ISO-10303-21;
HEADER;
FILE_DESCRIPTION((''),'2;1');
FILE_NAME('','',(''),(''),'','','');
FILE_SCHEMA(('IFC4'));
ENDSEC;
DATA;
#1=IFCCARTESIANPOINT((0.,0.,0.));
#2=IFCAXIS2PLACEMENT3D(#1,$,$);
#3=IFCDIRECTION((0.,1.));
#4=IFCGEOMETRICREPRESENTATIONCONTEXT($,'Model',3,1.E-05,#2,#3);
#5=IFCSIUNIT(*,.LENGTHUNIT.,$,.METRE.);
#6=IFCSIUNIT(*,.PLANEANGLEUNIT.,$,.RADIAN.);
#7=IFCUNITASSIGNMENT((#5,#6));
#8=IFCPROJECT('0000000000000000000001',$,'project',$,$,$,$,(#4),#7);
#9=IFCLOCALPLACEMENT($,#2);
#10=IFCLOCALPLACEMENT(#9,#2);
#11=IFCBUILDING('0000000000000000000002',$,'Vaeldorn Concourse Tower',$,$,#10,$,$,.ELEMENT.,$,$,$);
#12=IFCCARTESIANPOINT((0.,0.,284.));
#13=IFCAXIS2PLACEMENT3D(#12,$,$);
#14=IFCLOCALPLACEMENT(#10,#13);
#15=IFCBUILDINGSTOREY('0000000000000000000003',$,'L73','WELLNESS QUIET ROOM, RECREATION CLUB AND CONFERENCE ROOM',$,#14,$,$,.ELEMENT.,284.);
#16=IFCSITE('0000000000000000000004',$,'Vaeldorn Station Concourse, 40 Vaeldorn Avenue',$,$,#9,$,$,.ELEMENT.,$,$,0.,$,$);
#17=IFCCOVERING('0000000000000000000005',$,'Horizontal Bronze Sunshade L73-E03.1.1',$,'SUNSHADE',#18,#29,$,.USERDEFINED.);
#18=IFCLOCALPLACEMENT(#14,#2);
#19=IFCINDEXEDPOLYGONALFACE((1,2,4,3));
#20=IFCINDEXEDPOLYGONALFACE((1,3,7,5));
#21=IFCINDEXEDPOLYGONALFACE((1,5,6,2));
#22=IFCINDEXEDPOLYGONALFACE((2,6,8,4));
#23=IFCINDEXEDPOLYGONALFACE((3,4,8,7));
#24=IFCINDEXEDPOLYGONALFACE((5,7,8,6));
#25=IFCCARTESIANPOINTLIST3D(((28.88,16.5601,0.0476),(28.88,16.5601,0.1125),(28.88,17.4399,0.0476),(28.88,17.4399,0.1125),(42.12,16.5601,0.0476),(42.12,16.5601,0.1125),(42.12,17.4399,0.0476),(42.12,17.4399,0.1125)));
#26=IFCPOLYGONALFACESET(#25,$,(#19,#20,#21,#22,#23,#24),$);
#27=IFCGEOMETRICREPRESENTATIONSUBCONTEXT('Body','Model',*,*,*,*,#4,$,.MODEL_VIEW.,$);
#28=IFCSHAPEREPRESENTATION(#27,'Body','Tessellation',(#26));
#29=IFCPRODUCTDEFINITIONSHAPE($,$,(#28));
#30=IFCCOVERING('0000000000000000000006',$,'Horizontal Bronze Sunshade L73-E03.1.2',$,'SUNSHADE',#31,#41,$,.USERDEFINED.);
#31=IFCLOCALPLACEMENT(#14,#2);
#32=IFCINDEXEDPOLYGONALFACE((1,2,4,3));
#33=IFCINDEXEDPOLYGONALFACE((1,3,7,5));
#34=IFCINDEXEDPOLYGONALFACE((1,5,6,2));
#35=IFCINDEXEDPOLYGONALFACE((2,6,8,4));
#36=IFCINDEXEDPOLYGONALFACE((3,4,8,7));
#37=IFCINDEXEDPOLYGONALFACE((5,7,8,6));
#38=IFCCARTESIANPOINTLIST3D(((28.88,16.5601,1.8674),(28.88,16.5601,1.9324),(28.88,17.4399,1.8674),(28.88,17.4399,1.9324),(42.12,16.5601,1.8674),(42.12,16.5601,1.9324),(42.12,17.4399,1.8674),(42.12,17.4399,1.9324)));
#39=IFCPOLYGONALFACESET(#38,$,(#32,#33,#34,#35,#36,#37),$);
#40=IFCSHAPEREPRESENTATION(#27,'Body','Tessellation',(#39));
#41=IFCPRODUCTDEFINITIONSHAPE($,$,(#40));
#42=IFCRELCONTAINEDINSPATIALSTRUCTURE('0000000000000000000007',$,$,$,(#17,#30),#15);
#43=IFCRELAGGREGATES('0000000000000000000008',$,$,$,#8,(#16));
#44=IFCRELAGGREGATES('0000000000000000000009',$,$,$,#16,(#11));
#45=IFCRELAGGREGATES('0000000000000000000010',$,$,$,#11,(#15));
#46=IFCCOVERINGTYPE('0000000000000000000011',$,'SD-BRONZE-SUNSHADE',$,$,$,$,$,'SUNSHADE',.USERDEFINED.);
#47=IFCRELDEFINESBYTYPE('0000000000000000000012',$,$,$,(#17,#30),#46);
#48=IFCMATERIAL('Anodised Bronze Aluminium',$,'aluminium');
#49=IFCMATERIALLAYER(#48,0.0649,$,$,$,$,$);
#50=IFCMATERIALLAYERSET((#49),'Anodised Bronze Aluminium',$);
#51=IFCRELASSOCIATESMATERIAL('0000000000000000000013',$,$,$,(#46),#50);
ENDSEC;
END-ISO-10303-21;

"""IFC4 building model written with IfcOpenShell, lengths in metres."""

from ifc_helpers import new_model, si_unit, direction, frame, origin, origin_2d, place, context, subcontext, project, spatial, rectangle, extrude, source, transform, mapped, material, layer, layer_set, type_object, element, save


model = new_model("IFC4")

# Units and contexts
model_context = context("Model", 3, precision=1e-05, world=origin(), true_north=direction((0.0, 1.0)))
body_context = subcontext(model_context, "Body", "Model", "MODEL_VIEW")
ifc_project = project(units=[si_unit("LENGTHUNIT", "METRE"), si_unit("PLANEANGLEUNIT", "RADIAN")], contexts=[model_context])

# Site, building, storey
site_placement = place(None, origin())
site = spatial("IfcSite", under=ifc_project, at=site_placement, Name="Vaeldorn Station Concourse, 40 Vaeldorn Avenue", CompositionType="ELEMENT", RefElevation=0.0)
building_placement = place(site_placement, origin())
building = spatial("IfcBuilding", under=site, at=building_placement, Name="Vaeldorn Concourse Tower", CompositionType="ELEMENT")
storey_placement = place(building_placement, frame((0.0, 0.0, 284.0)))
storey = spatial("IfcBuildingStorey", under=building, at=storey_placement, Name="L73", Description="WELLNESS QUIET ROOM, RECREATION CLUB AND CONFERENCE ROOM", CompositionType="ELEMENT", Elevation=284.0)

# Shared definitions
ifc_material_1 = material(Name="Anodised Bronze Aluminium", Category="aluminium")

# Coverings
ifc_layer_1 = layer(ifc_material_1, 0.0649)
ifc_layer_set_1 = layer_set([ifc_layer_1], Name="Anodised Bronze Aluminium")
covering_type = type_object("IfcCoveringType", Name="SD-BRONZE-SUNSHADE", ElementType="SUNSHADE", PredefinedType="USERDEFINED", material=ifc_layer_set_1)
shared_shape_1 = source(origin(), body_context, "Body", "SweptSolid", [
    extrude(rectangle(XDim=13.24, YDim=0.8799, at=origin_2d()), origin(), (0.0, 0.0, 1.0), 0.0649),
])
for number, where, z_axis, x_axis, name in (
    (1, (35.5, 17.0, 0.0476), (0.0, 0.0, 1.0), (1.0, 0.0, 0.0), "Horizontal Bronze Sunshade L73-E03.1.1"),
    (2, (35.5, 17.0, 1.8674), (0.0, 0.0, 1.0), (1.0, 0.0, 0.0), "Horizontal Bronze Sunshade L73-E03.1.2"),
):
    element("IfcCovering", number, at=place(storey_placement, frame(where, z_axis=z_axis, x_axis=x_axis)), inside=storey, type_object=covering_type, Name=name, ObjectType="SUNSHADE", PredefinedType="USERDEFINED", context=body_context, shape_type="MappedRepresentation", body=[
        mapped(shared_shape_1, transform((0.0, 0.0, 0.0), scale=1.0)),
    ])

save(model, "model.ifc")
